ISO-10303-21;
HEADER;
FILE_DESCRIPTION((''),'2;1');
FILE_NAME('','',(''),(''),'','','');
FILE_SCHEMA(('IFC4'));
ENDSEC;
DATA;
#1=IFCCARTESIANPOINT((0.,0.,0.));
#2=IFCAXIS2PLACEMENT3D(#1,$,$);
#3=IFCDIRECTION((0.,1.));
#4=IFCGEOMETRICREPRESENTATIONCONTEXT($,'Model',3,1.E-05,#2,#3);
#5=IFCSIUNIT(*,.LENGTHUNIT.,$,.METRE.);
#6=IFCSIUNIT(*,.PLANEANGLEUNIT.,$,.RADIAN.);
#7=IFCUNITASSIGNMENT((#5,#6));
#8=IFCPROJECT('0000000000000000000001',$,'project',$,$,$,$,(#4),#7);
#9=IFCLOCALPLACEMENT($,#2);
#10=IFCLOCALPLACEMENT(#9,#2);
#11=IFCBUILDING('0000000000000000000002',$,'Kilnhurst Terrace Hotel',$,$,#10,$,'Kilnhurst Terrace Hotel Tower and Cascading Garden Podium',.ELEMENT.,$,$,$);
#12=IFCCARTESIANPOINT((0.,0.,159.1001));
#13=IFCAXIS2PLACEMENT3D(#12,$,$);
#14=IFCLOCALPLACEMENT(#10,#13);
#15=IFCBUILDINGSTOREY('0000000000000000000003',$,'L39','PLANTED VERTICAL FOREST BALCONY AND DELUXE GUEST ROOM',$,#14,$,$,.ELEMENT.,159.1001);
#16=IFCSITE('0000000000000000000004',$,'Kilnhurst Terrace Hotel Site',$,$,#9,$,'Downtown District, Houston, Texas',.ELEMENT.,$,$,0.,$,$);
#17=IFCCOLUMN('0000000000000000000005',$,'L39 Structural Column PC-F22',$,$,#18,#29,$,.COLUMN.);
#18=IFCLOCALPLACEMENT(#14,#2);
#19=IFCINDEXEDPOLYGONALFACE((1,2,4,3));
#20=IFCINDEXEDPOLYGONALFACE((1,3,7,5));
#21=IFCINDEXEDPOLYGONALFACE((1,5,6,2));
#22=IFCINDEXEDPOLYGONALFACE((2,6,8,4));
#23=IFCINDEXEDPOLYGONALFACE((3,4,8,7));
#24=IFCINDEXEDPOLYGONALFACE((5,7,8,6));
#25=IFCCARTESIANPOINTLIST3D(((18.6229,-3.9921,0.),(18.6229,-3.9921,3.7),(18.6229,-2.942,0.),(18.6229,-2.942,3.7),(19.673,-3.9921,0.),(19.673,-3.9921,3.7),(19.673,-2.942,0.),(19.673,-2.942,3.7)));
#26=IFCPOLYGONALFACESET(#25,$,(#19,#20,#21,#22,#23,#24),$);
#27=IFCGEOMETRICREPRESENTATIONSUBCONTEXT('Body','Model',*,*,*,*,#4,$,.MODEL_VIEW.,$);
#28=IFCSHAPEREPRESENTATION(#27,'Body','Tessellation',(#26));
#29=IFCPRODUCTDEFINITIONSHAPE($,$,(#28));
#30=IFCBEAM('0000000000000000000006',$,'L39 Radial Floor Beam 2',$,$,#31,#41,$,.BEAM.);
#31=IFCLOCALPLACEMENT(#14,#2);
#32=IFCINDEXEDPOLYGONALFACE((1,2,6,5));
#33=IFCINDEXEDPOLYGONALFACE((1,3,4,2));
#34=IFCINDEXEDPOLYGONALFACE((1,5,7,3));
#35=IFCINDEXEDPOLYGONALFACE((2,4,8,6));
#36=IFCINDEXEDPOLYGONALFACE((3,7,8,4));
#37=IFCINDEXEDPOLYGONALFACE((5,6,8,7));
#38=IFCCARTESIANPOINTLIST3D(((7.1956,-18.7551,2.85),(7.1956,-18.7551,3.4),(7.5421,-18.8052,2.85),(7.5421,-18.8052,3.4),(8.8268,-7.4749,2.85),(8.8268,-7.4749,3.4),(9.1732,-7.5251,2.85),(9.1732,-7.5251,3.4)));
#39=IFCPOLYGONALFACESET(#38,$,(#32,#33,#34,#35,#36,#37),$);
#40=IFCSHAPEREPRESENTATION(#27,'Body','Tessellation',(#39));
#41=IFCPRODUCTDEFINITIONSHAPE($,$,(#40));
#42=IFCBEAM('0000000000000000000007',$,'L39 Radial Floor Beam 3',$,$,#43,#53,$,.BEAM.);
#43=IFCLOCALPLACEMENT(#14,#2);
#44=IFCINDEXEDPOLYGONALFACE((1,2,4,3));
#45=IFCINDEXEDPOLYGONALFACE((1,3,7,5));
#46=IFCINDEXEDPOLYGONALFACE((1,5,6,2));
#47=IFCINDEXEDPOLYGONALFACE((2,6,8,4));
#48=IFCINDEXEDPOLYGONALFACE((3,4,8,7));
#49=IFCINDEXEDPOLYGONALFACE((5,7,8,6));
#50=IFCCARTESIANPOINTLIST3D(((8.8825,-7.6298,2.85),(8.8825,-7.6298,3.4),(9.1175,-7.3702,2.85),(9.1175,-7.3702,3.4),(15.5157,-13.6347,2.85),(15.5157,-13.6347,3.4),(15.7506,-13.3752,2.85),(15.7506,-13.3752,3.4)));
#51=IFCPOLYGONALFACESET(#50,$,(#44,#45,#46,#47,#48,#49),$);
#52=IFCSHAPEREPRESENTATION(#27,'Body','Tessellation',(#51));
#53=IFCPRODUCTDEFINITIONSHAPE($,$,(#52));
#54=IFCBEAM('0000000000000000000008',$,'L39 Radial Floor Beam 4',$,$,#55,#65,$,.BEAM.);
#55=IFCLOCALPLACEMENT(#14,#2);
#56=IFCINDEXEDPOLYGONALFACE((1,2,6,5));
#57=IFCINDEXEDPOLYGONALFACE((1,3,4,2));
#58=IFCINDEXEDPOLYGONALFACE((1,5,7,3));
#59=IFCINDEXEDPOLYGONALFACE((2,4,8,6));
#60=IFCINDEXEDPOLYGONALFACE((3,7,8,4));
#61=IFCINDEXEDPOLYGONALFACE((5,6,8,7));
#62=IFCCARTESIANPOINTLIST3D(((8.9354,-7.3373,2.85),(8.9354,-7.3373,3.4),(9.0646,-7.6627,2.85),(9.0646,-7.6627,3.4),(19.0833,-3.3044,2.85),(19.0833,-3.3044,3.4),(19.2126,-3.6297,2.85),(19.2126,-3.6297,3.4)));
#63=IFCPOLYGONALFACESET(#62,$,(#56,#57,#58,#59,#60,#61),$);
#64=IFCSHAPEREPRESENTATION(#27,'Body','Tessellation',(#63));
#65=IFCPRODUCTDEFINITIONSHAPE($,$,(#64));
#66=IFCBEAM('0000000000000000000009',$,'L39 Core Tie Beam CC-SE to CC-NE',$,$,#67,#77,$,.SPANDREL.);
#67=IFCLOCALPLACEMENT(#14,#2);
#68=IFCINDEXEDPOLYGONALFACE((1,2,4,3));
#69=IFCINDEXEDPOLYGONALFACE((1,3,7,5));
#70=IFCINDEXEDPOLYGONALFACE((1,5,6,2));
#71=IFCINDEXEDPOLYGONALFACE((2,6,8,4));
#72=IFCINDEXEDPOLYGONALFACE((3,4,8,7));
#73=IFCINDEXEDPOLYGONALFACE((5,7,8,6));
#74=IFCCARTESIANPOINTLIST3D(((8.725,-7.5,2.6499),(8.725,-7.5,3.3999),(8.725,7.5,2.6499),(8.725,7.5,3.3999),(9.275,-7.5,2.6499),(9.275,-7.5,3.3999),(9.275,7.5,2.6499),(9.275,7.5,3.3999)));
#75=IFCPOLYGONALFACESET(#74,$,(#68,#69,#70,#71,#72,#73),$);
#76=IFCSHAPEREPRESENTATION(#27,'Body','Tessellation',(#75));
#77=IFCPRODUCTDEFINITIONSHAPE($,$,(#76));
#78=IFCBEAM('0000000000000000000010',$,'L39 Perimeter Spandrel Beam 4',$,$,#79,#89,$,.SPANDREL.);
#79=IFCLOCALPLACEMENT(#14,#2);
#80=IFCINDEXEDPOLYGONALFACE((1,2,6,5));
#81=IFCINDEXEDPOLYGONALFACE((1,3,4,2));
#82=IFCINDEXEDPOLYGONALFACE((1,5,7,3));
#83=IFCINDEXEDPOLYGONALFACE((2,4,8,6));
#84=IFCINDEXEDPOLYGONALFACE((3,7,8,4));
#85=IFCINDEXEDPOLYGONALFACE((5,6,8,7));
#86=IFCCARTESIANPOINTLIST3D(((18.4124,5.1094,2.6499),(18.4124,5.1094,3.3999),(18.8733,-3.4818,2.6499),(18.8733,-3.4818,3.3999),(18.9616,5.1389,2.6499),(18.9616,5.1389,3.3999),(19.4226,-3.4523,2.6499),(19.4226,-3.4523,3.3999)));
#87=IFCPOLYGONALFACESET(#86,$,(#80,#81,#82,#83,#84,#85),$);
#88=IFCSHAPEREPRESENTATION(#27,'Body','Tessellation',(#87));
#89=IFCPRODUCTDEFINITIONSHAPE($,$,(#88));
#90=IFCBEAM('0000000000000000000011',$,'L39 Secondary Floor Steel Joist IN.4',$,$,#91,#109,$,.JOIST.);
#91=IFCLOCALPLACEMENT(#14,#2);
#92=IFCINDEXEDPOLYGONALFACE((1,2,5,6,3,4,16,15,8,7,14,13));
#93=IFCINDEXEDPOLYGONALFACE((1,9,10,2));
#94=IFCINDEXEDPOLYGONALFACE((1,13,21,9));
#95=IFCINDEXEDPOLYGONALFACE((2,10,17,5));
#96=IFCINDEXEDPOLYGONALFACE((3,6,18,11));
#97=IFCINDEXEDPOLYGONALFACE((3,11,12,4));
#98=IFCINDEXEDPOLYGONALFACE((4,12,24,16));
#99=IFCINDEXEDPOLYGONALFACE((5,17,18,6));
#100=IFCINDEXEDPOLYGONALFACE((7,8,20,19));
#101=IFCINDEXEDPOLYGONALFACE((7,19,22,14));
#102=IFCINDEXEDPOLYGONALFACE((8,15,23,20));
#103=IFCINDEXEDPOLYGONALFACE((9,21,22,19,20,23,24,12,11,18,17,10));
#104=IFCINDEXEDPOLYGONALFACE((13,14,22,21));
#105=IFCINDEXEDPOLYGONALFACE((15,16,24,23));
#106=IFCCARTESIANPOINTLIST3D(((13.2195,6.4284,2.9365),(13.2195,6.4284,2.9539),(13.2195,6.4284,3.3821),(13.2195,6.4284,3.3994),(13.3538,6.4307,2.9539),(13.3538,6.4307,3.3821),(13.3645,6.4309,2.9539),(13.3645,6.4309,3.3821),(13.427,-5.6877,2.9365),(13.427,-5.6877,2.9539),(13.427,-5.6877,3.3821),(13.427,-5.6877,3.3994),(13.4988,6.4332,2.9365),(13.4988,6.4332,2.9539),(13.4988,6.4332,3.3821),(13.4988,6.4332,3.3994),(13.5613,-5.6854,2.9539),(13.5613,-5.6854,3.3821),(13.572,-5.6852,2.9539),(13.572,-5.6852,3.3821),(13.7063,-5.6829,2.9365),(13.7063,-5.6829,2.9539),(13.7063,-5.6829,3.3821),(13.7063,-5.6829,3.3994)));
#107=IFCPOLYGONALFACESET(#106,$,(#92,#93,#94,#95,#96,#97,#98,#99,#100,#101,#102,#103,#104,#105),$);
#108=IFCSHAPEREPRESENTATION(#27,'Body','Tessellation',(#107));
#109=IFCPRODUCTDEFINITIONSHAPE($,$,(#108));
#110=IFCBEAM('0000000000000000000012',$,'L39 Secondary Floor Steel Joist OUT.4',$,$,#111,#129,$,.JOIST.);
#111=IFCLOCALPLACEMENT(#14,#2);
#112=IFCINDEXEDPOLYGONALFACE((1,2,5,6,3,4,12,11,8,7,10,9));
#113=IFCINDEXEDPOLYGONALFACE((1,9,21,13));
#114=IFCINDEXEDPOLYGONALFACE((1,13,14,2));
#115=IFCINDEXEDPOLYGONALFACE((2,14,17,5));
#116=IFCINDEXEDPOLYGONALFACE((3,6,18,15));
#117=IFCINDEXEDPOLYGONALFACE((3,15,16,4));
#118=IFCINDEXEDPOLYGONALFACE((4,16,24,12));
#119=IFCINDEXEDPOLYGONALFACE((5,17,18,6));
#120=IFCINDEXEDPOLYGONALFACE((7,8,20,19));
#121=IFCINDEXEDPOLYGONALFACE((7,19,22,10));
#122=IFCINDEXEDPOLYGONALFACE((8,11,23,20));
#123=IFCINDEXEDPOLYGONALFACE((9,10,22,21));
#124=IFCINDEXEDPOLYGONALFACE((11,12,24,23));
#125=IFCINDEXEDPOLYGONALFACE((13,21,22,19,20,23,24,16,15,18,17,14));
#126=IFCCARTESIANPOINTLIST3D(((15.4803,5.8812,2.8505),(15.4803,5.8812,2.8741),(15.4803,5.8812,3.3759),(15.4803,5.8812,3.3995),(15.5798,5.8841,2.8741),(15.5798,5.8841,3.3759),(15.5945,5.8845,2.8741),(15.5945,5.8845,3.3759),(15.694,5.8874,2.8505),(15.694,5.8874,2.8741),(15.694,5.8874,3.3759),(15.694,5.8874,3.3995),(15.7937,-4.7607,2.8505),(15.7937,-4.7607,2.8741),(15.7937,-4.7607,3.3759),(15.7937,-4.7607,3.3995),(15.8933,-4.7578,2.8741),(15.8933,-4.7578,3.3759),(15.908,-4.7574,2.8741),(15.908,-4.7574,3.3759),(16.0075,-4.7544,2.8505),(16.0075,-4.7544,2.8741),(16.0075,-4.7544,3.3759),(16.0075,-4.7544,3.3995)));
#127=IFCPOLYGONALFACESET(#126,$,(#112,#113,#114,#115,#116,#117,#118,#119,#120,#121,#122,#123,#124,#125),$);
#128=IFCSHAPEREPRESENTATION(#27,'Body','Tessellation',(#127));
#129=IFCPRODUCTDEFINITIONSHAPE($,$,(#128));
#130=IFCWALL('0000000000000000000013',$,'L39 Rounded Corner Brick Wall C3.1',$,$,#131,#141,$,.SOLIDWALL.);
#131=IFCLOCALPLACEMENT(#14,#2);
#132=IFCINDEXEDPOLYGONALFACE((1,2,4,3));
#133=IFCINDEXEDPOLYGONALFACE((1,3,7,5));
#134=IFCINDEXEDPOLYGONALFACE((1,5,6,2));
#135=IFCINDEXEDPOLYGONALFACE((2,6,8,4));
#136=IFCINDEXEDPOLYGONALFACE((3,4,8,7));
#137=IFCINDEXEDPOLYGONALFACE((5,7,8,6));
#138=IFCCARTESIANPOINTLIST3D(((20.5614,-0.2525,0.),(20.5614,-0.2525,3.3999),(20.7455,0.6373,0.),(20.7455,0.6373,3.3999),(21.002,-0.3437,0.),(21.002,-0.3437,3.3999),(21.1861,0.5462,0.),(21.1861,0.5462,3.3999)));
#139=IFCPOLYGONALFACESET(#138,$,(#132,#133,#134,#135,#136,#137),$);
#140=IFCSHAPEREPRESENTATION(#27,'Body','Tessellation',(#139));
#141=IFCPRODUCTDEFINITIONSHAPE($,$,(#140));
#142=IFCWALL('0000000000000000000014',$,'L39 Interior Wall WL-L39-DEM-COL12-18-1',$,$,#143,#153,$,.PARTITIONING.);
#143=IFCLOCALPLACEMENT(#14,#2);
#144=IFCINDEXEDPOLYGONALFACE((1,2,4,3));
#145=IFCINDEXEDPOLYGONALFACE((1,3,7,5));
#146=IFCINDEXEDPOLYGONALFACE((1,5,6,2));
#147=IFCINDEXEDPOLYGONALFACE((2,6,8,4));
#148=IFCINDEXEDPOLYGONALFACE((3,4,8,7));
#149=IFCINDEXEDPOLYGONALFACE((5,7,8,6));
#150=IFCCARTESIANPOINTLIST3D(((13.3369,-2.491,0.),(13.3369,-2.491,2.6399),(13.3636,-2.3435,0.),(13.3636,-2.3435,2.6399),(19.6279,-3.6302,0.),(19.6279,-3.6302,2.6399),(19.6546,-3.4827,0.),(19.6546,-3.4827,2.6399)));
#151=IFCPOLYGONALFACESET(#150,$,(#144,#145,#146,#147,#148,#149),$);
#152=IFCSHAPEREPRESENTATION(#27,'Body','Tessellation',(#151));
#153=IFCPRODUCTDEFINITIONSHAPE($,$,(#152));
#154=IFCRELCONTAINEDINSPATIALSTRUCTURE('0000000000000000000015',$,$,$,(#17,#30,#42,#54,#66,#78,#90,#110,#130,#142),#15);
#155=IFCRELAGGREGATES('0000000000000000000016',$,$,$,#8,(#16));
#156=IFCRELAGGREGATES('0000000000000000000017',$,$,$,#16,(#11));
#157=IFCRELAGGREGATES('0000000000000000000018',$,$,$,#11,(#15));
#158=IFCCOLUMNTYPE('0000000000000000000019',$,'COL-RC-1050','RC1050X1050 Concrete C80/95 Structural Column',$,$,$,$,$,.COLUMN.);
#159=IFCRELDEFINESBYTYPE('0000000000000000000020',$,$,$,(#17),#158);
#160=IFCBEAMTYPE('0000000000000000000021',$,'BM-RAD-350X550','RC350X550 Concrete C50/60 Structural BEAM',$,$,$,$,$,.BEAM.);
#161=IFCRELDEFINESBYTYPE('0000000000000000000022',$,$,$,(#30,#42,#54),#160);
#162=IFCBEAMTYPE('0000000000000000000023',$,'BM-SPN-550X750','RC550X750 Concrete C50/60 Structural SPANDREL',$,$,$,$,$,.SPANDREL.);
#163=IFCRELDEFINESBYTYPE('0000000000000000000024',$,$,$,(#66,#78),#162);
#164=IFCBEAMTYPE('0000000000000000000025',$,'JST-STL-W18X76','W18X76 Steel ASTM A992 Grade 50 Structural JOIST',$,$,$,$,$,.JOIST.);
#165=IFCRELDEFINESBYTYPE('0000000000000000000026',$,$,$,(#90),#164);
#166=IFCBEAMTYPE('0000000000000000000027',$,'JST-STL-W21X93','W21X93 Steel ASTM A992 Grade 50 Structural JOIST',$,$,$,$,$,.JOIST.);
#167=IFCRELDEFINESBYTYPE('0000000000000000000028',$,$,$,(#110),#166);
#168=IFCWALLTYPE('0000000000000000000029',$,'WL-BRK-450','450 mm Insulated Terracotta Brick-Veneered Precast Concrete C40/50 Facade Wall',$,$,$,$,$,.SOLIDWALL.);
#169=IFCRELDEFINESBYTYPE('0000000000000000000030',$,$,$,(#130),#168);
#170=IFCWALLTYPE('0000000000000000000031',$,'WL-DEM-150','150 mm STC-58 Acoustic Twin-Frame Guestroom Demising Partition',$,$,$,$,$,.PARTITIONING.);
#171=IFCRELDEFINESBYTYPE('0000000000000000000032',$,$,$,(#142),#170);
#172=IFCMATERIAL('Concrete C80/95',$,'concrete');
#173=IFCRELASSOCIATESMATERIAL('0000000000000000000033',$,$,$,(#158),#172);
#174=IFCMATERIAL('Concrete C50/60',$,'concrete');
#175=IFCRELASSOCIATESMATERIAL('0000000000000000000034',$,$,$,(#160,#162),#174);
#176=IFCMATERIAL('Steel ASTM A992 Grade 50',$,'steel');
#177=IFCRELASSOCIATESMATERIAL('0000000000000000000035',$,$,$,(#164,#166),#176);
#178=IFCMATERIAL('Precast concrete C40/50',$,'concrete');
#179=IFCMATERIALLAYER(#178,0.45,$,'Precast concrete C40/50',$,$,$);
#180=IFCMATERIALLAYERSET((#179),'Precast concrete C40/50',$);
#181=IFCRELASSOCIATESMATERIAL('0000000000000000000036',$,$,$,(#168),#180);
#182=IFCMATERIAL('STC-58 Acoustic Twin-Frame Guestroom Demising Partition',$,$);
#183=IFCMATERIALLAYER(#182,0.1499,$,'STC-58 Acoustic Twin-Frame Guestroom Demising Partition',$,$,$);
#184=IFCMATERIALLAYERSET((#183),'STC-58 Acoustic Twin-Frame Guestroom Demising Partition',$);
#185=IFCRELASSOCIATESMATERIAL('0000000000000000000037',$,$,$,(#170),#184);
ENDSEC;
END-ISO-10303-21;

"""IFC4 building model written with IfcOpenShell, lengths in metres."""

from ifc_helpers import new_model, si_unit, direction, frame, frame_2d, origin, origin_2d, place, context, subcontext, project, spatial, rectangle, i_section, extrude, material, layer, layer_set, material_profile, profile_set, type_object, element, save


model = new_model("IFC4")

# Units and contexts
model_context = context("Model", 3, precision=1e-05, world=origin(), true_north=direction((0.0, 1.0)))
body_context = subcontext(model_context, "Body", "Model", "MODEL_VIEW")
ifc_project = project(units=[si_unit("LENGTHUNIT", "METRE"), si_unit("PLANEANGLEUNIT", "RADIAN")], contexts=[model_context])

# Site, building, storey
site_placement = place(None, origin())
site = spatial("IfcSite", under=ifc_project, at=site_placement, Name="Kilnhurst Terrace Hotel Site", LongName="Downtown District, Houston, Texas", CompositionType="ELEMENT", RefElevation=0.0)
building_placement = place(site_placement, origin())
building = spatial("IfcBuilding", under=site, at=building_placement, Name="Kilnhurst Terrace Hotel", LongName="Kilnhurst Terrace Hotel Tower and Cascading Garden Podium", CompositionType="ELEMENT")
storey_placement = place(building_placement, frame((0.0, 0.0, 159.1001)))
storey = spatial("IfcBuildingStorey", under=building, at=storey_placement, Name="L39", Description="PLANTED VERTICAL FOREST BALCONY AND DELUXE GUEST ROOM", CompositionType="ELEMENT", Elevation=159.1001)

# Column
ifc_material_1 = material(Name="Concrete C80/95", Category="concrete")
ifc_material_profile_1 = material_profile(ifc_material_1, rectangle(XDim=1.05, YDim=1.05, at=origin_2d()), Name="RC1050X1050")
ifc_profile_set_1 = profile_set([ifc_material_profile_1], Name="Concrete C80/95")
column_type = type_object("IfcColumnType", Name="COL-RC-1050", Description="RC1050X1050 Concrete C80/95 Structural Column", PredefinedType="COLUMN", material=ifc_profile_set_1)
column_placement = place(storey_placement, frame((19.1479, -3.467, 0.0), z_axis=(0.0, 0.0, 1.0), x_axis=(1.0, 0.0, 0.0)))
element("IfcColumn", 1, at=column_placement, inside=storey, type_object=column_type, Name="L39 Structural Column PC-F22", PredefinedType="COLUMN", context=body_context, shape_type="SweptSolid", body=[
    extrude(rectangle(XDim=1.05, YDim=1.05, at=origin_2d()), origin(), (0.0, 0.0, 1.0), 3.7),
])

# Beams
ifc_material_2 = material(Name="Concrete C50/60", Category="concrete")
ifc_material_profile_2 = material_profile(ifc_material_2, rectangle(XDim=0.3501, YDim=0.55, at=origin_2d()), Name="RC350X550")
ifc_profile_set_2 = profile_set([ifc_material_profile_2], Name="Concrete C50/60")
beam_type_1 = type_object("IfcBeamType", Name="BM-RAD-350X550", Description="RC350X550 Concrete C50/60 Structural BEAM", PredefinedType="BEAM", material=ifc_profile_set_2)
beam_1_placement = place(storey_placement, frame((9.0, -7.5, 3.125), z_axis=(-0.143113, -0.989706, 0.0), x_axis=(0.989706, -0.143113, 0.0)))
element("IfcBeam", 2, at=beam_1_placement, inside=storey, type_object=beam_type_1, Name="L39 Radial Floor Beam 2", PredefinedType="BEAM", context=body_context, shape_type="SweptSolid", body=[
    extrude(rectangle(XDim=0.3501, YDim=0.55, at=origin_2d()), origin(), (0.0, 0.0, 1.0), 11.3975),
])
beam_2_placement = place(storey_placement, frame((9.0, -7.5, 3.125), z_axis=(0.741339, -0.671131, 0.0), x_axis=(0.671131, 0.741339, 0.0)))
element("IfcBeam", 3, at=beam_2_placement, inside=storey, type_object=beam_type_1, Name="L39 Radial Floor Beam 3", PredefinedType="BEAM", context=body_context, shape_type="SweptSolid", body=[
    extrude(rectangle(XDim=0.3501, YDim=0.55, at=origin_2d()), origin(), (0.0, 0.0, 1.0), 8.9475),
])
beam_3_placement = place(storey_placement, frame((9.0, -7.5, 3.125), z_axis=(0.929302, 0.36932, 0.0), x_axis=(-0.36932, 0.929302, 0.0)))
element("IfcBeam", 4, at=beam_3_placement, inside=storey, type_object=beam_type_1, Name="L39 Radial Floor Beam 4", PredefinedType="BEAM", context=body_context, shape_type="SweptSolid", body=[
    extrude(rectangle(XDim=0.3501, YDim=0.55, at=origin_2d()), origin(), (0.0, 0.0, 1.0), 10.9199),
])
ifc_material_profile_3 = material_profile(ifc_material_2, rectangle(XDim=0.55, YDim=0.75, at=origin_2d()), Name="RC550X750")
ifc_profile_set_3 = profile_set([ifc_material_profile_3], Name="Concrete C50/60")
beam_type_2 = type_object("IfcBeamType", Name="BM-SPN-550X750", Description="RC550X750 Concrete C50/60 Structural SPANDREL", PredefinedType="SPANDREL", material=ifc_profile_set_3)
beam_4_placement = place(storey_placement, frame((9.0, -7.5, 3.0249), z_axis=(0.0, 1.0, 0.0), x_axis=(-1.0, 0.0, 0.0)))
element("IfcBeam", 5, at=beam_4_placement, inside=storey, type_object=beam_type_2, Name="L39 Core Tie Beam CC-SE to CC-NE", PredefinedType="SPANDREL", context=body_context, shape_type="SweptSolid", body=[
    extrude(rectangle(XDim=0.55, YDim=0.75, at=origin_2d()), origin(), (0.0, 0.0, 1.0), 15.0),
])
beam_5_placement = place(storey_placement, frame((19.1479, -3.467, 3.0249), z_axis=(-0.053576, 0.998564, 0.0), x_axis=(-0.998564, -0.053576, 0.0)))
element("IfcBeam", 6, at=beam_5_placement, inside=storey, type_object=beam_type_2, Name="L39 Perimeter Spandrel Beam 4", PredefinedType="SPANDREL", context=body_context, shape_type="SweptSolid", body=[
    extrude(rectangle(XDim=0.55, YDim=0.75, at=origin_2d()), origin(), (0.0, 0.0, 1.0), 8.6035),
])
ifc_material_3 = material(Name="Steel ASTM A992 Grade 50", Category="steel")
ifc_material_profile_4 = material_profile(ifc_material_3, i_section(OverallWidth=0.2793, OverallDepth=0.4629, WebThickness=0.0107, FlangeThickness=0.0173, at=origin_2d()), Name="W18X76")
ifc_profile_set_4 = profile_set([ifc_material_profile_4], Name="Steel ASTM A992 Grade 50")
beam_type_3 = type_object("IfcBeamType", Name="JST-STL-W18X76", Description="W18X76 Steel ASTM A992 Grade 50 Structural JOIST", PredefinedType="JOIST", material=ifc_profile_set_4)
beam_6_placement = place(storey_placement, frame((13.5667, -5.6853, 3.168), z_axis=(-0.017125, 0.999853, 0.0), x_axis=(-0.999853, -0.017125, 0.0)))
element("IfcBeam", 7, at=beam_6_placement, inside=storey, type_object=beam_type_3, Name="L39 Secondary Floor Steel Joist IN.4", PredefinedType="JOIST", context=body_context, shape_type="SweptSolid", body=[
    extrude(i_section(OverallWidth=0.2793, OverallDepth=0.4629, WebThickness=0.0107, FlangeThickness=0.0173, at=origin_2d()), origin(), (0.0, 0.0, 1.0), 12.1179),
])
ifc_material_profile_5 = material_profile(ifc_material_3, i_section(OverallWidth=0.2139, OverallDepth=0.5491, WebThickness=0.0146, FlangeThickness=0.0237, at=origin_2d()), Name="W21X93")
ifc_profile_set_5 = profile_set([ifc_material_profile_5], Name="Steel ASTM A992 Grade 50")
beam_type_4 = type_object("IfcBeamType", Name="JST-STL-W21X93", Description="W21X93 Steel ASTM A992 Grade 50 Structural JOIST", PredefinedType="JOIST", material=ifc_profile_set_5)
beam_7_placement = place(storey_placement, frame((15.9006, -4.7576, 3.125), z_axis=(-0.029444, 0.999566, 0.0), x_axis=(-0.999566, -0.029444, 0.0)))
element("IfcBeam", 8, at=beam_7_placement, inside=storey, type_object=beam_type_4, Name="L39 Secondary Floor Steel Joist OUT.4", PredefinedType="JOIST", context=body_context, shape_type="SweptSolid", body=[
    extrude(i_section(OverallWidth=0.2139, OverallDepth=0.5491, WebThickness=0.0146, FlangeThickness=0.0237, at=origin_2d()), origin(), (0.0, 0.0, 1.0), 10.6465),
])

# Wall
ifc_material_4 = material(Name="Precast concrete C40/50", Category="concrete")
ifc_layer_1 = layer(ifc_material_4, 0.45, Name="Precast concrete C40/50")
ifc_layer_set_1 = layer_set([ifc_layer_1], Name="Precast concrete C40/50")
wall_type_1 = type_object("IfcWallType", Name="WL-BRK-450", Description="450 mm Insulated Terracotta Brick-Veneered Precast Concrete C40/50 Facade Wall", PredefinedType="SOLIDWALL", material=ifc_layer_set_1)
wall_1_placement = place(storey_placement, frame((20.7817, -0.2981, 0.0), z_axis=(0.0, 0.0, 1.0), x_axis=(0.20257, 0.979268, 0.0)))
element("IfcWall", 9, at=wall_1_placement, inside=storey, type_object=wall_type_1, Name="L39 Rounded Corner Brick Wall C3.1", PredefinedType="SOLIDWALL", context=body_context, shape_type="SweptSolid", body=[
    extrude(rectangle(XDim=0.9087, YDim=0.45, at=frame_2d((0.4543, 0.0))), origin(), (0.0, 0.0, 1.0), 3.3999),
])

# Wall
ifc_material_5 = material(Name="STC-58 Acoustic Twin-Frame Guestroom Demising Partition")
ifc_layer_2 = layer(ifc_material_5, 0.1499, Name="STC-58 Acoustic Twin-Frame Guestroom Demising Partition")
ifc_layer_set_2 = layer_set([ifc_layer_2], Name="STC-58 Acoustic Twin-Frame Guestroom Demising Partition")
wall_type_2 = type_object("IfcWallType", Name="WL-DEM-150", Description="150 mm STC-58 Acoustic Twin-Frame Guestroom Demising Partition", PredefinedType="PARTITIONING", material=ifc_layer_set_2)
wall_2_placement = place(storey_placement, frame((13.3501, -2.4172, 0.0), z_axis=(0.0, 0.0, 1.0), x_axis=(0.983998, -0.17818, 0.0)))
element("IfcWall", 10, at=wall_2_placement, inside=storey, type_object=wall_type_2, Name="L39 Interior Wall WL-L39-DEM-COL12-18-1", PredefinedType="PARTITIONING", context=body_context, shape_type="SweptSolid", body=[
    extrude(rectangle(XDim=6.3933, YDim=0.1499, at=frame_2d((3.1968, 0.0))), origin(), (0.0, 0.0, 1.0), 2.6399),
])

save(model, "model.ifc")
